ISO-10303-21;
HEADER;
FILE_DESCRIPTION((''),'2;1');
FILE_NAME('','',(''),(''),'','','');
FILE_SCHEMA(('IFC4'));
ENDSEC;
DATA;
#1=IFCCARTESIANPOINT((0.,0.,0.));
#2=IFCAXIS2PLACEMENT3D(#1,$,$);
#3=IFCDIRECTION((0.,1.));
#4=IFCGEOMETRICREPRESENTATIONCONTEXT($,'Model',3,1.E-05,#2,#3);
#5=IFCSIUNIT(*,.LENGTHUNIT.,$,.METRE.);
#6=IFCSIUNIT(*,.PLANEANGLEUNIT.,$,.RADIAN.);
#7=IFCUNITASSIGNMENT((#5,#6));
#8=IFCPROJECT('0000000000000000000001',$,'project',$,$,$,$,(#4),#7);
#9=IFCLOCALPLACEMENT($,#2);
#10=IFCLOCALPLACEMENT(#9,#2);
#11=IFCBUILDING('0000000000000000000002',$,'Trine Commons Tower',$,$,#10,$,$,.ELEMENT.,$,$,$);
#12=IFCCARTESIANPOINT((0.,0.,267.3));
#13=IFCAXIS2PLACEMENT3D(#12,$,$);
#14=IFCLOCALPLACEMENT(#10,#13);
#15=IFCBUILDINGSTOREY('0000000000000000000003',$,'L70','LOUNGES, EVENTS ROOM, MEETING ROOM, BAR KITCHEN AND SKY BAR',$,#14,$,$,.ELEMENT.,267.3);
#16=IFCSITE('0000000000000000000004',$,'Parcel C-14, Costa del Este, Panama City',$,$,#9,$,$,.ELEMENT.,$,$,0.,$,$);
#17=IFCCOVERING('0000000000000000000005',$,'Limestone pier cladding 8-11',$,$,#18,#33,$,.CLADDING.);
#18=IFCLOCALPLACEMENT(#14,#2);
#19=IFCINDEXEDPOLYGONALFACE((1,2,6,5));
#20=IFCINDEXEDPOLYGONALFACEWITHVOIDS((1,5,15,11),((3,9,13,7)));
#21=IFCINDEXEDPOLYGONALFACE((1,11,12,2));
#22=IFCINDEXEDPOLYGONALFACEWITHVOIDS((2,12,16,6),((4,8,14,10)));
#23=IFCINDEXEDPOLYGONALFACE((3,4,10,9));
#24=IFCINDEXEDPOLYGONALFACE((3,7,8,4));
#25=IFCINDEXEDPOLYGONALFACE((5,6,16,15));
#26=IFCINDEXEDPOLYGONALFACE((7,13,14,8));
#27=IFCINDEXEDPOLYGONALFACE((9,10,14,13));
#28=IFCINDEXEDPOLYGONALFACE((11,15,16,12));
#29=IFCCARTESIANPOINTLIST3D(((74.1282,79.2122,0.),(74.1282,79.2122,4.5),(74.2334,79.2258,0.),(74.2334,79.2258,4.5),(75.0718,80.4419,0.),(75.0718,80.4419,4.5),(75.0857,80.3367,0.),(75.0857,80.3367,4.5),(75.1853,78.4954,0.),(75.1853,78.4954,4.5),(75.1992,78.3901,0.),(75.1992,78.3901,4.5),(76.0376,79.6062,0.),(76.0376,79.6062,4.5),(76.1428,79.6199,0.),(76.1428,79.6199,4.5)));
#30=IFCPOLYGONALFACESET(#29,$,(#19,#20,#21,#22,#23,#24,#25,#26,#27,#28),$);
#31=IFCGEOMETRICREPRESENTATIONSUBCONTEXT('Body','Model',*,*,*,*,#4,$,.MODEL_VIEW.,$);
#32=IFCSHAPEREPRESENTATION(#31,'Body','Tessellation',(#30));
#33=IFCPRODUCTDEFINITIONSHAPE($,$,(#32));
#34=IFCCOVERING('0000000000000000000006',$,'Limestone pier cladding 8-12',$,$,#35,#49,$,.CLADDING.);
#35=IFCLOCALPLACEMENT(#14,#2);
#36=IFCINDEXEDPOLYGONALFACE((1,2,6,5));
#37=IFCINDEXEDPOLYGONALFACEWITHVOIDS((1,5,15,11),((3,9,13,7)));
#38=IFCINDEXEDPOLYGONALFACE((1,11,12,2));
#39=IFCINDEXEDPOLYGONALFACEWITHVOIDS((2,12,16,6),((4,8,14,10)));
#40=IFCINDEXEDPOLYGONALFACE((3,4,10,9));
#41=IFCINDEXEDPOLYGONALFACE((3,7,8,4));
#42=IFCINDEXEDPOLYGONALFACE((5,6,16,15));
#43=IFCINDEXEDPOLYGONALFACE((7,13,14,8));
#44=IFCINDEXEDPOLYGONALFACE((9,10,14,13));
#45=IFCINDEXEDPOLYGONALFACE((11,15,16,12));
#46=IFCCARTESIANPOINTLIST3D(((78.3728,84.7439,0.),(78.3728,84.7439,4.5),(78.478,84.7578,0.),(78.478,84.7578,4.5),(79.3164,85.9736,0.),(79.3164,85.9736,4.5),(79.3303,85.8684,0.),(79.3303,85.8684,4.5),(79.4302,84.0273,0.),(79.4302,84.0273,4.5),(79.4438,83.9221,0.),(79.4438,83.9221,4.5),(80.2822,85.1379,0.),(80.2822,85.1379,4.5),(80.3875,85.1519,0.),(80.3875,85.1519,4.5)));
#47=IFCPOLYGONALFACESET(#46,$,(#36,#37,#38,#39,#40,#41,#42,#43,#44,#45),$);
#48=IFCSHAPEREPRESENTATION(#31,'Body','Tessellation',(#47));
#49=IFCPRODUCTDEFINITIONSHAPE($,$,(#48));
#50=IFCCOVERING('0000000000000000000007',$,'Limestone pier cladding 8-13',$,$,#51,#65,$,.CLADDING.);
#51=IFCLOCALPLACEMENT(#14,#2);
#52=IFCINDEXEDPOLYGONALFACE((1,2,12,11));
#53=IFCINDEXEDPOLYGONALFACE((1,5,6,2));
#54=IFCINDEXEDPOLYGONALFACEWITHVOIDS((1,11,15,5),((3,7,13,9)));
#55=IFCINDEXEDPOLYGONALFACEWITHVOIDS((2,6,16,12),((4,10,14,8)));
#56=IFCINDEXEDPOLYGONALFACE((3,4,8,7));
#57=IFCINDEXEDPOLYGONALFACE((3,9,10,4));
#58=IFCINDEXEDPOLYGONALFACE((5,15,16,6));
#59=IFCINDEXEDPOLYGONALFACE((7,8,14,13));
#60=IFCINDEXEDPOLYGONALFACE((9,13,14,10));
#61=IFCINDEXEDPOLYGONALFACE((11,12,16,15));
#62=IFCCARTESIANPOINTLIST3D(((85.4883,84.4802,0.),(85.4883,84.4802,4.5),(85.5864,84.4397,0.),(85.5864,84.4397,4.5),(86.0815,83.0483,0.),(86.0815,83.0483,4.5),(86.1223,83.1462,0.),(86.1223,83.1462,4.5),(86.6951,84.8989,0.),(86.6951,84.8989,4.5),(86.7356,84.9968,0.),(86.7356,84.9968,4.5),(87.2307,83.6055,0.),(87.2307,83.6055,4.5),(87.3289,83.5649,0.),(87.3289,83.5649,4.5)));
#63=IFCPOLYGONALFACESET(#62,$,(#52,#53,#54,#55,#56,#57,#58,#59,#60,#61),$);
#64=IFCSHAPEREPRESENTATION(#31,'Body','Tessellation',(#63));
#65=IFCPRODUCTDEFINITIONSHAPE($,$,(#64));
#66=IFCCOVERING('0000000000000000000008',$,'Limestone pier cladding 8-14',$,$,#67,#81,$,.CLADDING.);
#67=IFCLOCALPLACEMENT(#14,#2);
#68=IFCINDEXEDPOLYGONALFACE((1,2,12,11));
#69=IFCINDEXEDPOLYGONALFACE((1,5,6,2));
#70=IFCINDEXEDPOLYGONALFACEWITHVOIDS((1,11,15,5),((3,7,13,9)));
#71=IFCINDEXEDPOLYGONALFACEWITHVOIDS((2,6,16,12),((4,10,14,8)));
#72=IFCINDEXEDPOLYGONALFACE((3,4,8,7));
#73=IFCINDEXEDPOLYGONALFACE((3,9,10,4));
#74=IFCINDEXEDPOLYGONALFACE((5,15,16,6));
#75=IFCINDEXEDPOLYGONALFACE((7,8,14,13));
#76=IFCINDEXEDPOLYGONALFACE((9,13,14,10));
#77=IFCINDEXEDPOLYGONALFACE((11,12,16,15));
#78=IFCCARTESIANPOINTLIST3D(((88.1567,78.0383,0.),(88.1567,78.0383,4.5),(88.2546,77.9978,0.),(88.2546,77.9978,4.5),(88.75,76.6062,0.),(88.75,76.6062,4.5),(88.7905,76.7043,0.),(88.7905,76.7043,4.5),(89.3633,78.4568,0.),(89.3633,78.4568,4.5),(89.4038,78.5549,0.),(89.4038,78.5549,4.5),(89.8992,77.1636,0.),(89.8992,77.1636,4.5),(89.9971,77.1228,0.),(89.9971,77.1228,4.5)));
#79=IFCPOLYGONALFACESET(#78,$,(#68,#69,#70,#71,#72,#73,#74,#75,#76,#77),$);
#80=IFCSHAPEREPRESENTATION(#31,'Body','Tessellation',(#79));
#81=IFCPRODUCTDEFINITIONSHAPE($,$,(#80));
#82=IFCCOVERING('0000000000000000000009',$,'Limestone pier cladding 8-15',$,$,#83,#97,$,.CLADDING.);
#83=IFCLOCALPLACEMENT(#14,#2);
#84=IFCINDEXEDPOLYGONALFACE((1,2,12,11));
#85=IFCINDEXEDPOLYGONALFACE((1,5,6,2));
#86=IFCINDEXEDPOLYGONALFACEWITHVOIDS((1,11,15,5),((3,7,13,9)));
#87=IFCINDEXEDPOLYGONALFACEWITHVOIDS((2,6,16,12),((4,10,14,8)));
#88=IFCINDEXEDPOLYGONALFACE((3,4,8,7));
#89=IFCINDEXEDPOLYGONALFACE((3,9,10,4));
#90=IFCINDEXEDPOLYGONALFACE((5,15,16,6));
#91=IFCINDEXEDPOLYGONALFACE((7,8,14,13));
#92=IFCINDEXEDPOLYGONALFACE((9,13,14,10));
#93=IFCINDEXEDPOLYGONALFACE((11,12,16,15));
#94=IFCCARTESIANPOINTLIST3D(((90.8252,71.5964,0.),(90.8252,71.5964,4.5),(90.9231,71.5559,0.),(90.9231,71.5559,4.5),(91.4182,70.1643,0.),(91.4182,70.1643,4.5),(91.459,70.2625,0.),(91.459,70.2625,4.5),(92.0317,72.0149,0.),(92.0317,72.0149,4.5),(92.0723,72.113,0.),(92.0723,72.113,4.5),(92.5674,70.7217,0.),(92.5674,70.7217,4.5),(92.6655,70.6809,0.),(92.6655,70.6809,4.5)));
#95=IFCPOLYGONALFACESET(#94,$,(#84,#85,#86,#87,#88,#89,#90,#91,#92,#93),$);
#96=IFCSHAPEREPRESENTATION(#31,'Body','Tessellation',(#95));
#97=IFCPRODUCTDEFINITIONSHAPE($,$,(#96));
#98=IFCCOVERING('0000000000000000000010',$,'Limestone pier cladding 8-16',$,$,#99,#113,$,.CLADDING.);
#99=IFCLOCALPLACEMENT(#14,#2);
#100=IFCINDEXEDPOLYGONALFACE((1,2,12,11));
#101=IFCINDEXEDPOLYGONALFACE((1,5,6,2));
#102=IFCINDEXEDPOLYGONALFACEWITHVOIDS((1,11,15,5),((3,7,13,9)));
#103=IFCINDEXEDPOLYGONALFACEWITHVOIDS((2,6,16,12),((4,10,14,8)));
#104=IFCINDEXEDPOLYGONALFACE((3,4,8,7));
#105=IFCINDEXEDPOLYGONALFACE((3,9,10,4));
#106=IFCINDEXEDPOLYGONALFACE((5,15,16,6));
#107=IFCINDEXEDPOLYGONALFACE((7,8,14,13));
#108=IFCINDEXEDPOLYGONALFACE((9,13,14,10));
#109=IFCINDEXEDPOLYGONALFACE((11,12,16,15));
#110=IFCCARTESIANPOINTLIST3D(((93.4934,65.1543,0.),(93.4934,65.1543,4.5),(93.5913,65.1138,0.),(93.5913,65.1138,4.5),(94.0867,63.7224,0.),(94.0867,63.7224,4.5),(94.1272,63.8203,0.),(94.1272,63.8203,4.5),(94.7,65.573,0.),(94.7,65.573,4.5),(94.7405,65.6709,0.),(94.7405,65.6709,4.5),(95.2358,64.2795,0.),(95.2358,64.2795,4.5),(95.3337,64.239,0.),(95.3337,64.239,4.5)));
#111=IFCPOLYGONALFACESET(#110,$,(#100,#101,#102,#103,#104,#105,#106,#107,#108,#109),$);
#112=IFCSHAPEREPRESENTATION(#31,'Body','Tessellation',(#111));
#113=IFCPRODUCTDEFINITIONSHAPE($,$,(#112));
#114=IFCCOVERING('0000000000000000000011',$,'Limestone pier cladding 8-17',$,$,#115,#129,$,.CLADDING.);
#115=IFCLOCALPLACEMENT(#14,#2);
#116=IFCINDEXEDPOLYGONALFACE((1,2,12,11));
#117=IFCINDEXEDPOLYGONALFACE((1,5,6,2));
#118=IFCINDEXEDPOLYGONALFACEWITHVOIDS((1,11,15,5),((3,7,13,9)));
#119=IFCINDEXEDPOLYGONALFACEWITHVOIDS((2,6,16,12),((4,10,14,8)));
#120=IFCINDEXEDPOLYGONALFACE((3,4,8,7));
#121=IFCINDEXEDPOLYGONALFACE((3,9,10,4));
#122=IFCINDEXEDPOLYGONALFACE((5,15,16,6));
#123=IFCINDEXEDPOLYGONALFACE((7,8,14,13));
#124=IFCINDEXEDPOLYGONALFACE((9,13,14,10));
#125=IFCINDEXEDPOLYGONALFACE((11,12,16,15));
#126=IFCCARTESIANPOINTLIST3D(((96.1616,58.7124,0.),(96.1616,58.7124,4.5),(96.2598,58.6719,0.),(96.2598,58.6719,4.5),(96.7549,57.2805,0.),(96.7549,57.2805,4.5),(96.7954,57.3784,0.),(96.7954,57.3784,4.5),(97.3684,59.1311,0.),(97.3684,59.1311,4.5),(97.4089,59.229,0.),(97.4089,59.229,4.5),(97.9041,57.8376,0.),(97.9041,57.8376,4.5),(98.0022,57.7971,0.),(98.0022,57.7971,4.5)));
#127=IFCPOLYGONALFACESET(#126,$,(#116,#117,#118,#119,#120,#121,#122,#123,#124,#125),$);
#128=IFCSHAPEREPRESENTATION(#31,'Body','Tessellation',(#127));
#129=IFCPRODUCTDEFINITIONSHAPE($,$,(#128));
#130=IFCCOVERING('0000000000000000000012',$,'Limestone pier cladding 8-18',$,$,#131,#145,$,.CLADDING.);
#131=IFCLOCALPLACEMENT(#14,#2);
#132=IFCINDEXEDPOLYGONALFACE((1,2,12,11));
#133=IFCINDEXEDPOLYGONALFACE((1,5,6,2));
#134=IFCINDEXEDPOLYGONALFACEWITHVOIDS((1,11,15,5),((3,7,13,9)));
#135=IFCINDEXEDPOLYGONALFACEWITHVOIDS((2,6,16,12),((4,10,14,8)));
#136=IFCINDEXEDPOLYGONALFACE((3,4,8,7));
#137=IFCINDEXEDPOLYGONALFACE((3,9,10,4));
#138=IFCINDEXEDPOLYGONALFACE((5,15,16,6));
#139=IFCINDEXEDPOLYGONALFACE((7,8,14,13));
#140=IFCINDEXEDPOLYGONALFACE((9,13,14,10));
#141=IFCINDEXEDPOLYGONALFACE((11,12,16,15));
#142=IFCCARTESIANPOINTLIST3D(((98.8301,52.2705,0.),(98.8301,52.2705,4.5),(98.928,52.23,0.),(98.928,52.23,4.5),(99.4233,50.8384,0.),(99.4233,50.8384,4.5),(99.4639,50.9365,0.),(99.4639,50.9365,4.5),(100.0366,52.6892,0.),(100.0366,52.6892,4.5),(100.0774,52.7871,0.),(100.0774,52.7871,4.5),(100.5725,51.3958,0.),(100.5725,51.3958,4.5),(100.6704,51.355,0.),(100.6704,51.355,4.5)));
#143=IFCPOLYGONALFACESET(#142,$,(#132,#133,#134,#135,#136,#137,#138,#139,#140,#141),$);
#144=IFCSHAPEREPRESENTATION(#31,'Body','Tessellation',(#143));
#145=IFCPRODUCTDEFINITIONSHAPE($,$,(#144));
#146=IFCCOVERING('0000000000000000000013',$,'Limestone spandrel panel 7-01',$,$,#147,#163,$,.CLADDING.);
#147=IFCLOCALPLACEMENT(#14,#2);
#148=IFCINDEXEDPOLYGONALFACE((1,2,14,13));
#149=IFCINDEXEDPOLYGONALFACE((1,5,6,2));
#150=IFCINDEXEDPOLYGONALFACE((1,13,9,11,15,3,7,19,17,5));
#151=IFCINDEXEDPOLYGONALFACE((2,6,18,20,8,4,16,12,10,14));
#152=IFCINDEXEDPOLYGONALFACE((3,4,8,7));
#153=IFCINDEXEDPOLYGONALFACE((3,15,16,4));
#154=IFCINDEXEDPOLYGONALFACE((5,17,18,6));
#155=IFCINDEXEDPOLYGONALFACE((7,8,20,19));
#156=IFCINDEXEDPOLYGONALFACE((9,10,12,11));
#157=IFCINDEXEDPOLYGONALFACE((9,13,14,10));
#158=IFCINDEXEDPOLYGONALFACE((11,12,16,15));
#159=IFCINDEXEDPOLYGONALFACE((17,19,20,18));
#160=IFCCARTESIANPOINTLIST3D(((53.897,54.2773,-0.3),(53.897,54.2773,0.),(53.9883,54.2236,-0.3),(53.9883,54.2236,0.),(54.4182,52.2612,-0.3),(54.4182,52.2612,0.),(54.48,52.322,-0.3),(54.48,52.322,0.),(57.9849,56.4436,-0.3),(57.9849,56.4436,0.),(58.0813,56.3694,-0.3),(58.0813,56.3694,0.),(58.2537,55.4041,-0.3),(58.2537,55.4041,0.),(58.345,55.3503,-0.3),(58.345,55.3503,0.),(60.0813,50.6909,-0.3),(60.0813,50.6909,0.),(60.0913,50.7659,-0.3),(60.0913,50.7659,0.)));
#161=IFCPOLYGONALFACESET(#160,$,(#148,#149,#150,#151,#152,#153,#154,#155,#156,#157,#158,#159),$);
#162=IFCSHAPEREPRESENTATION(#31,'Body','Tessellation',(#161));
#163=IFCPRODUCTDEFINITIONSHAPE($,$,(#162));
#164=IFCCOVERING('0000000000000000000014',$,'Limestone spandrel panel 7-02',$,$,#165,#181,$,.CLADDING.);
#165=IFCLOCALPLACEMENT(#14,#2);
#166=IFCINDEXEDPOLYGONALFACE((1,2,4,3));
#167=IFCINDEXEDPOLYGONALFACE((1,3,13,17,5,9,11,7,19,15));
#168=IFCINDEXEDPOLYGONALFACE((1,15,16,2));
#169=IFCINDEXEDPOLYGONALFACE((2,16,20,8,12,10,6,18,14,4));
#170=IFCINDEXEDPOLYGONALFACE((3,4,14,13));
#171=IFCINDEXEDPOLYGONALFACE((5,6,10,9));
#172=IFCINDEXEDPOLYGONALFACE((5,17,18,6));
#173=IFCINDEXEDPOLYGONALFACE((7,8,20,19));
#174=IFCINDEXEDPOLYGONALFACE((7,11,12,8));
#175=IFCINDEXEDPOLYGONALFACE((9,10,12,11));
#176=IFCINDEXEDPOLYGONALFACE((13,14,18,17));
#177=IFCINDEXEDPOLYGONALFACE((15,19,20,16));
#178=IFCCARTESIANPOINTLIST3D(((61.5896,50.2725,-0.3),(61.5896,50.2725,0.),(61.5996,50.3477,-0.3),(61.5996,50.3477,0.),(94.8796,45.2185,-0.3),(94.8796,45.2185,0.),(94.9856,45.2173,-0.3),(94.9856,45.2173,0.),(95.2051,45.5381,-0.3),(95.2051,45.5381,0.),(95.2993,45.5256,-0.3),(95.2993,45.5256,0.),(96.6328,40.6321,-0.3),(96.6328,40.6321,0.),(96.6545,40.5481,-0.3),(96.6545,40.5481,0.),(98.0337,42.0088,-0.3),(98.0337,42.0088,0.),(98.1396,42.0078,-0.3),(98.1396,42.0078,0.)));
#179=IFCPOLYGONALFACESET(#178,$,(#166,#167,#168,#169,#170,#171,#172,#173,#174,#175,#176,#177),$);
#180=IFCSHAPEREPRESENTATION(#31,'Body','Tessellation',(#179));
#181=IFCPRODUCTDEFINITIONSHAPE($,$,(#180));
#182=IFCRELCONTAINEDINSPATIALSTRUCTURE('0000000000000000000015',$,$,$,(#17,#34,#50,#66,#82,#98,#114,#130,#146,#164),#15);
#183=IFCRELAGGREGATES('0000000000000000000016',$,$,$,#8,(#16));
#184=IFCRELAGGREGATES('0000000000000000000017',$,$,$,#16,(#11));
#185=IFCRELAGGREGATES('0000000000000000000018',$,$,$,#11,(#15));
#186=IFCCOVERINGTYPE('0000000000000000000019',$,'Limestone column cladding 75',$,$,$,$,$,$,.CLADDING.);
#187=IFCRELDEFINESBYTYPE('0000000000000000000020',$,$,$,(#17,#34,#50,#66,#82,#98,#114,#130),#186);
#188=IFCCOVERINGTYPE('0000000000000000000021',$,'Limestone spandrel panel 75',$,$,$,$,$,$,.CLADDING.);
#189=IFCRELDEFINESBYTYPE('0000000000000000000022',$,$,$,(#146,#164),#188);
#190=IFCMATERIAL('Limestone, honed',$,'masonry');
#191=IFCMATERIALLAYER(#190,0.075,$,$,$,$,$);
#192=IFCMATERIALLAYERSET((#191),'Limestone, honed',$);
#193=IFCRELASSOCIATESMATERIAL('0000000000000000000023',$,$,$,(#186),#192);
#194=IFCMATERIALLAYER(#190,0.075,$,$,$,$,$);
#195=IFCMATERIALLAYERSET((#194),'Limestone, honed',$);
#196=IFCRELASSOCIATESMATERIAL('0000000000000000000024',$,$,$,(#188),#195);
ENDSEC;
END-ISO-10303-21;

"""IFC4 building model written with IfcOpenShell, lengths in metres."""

from ifc_helpers import new_model, si_unit, direction, frame, origin, place, context, subcontext, project, spatial, polyline, outline, extrude, material, layer, layer_set, type_object, element, save


model = new_model("IFC4")

# Units and contexts
model_context = context("Model", 3, precision=1e-05, world=origin(), true_north=direction((0.0, 1.0)))
body_context = subcontext(model_context, "Body", "Model", "MODEL_VIEW")
ifc_project = project(units=[si_unit("LENGTHUNIT", "METRE"), si_unit("PLANEANGLEUNIT", "RADIAN")], contexts=[model_context])

# Site, building, storey
site_placement = place(None, origin())
site = spatial("IfcSite", under=ifc_project, at=site_placement, Name="Parcel C-14, Costa del Este, Panama City", CompositionType="ELEMENT", RefElevation=0.0)
building_placement = place(site_placement, origin())
building = spatial("IfcBuilding", under=site, at=building_placement, Name="Trine Commons Tower", CompositionType="ELEMENT")
storey_placement = place(building_placement, frame((0.0, 0.0, 267.3)))
storey = spatial("IfcBuildingStorey", under=building, at=storey_placement, Name="L70", Description="LOUNGES, EVENTS ROOM, MEETING ROOM, BAR KITCHEN AND SKY BAR", CompositionType="ELEMENT", Elevation=267.3)

# Coverings
ifc_material_1 = material(Name="Limestone, honed", Category="masonry")
ifc_layer_1 = layer(ifc_material_1, 0.075)
ifc_layer_set_1 = layer_set([ifc_layer_1], Name="Limestone, honed")
covering_type_1 = type_object("IfcCoveringType", Name="Limestone column cladding 75", PredefinedType="CLADDING", material=ifc_layer_set_1)
covering_1_placement = place(storey_placement, origin())
element("IfcCovering", 1, at=covering_1_placement, inside=storey, type_object=covering_type_1, Name="Limestone pier cladding 8-11", PredefinedType="CLADDING", context=body_context, shape_type="SweptSolid", body=[
    extrude(outline(polyline([(76.1428, 79.6199), (75.0718, 80.4419), (74.1282, 79.2122), (75.1992, 78.3901), (76.1428, 79.6199)]), holes=[polyline([(76.0376, 79.6062), (75.0857, 80.3367), (74.2334, 79.2258), (75.1853, 78.4954), (76.0376, 79.6062)])]), origin(), (0.0, 0.0, 1.0), 4.5),
])
covering_2_placement = place(storey_placement, origin())
element("IfcCovering", 2, at=covering_2_placement, inside=storey, type_object=covering_type_1, Name="Limestone pier cladding 8-12", PredefinedType="CLADDING", context=body_context, shape_type="SweptSolid", body=[
    extrude(outline(polyline([(80.3875, 85.1519), (79.3164, 85.9736), (78.3728, 84.7439), (79.4438, 83.9221), (80.3875, 85.1519)]), holes=[polyline([(80.2822, 85.1379), (79.3303, 85.8684), (78.478, 84.7578), (79.4302, 84.0273), (80.2822, 85.1379)])]), origin(), (0.0, 0.0, 1.0), 4.5),
])
covering_3_placement = place(storey_placement, origin())
element("IfcCovering", 3, at=covering_3_placement, inside=storey, type_object=covering_type_1, Name="Limestone pier cladding 8-13", PredefinedType="CLADDING", context=body_context, shape_type="SweptSolid", body=[
    extrude(outline(polyline([(86.7356, 84.9968), (85.4883, 84.4802), (86.0815, 83.0483), (87.3289, 83.5649), (86.7356, 84.9968)]), holes=[polyline([(86.6951, 84.8989), (85.5864, 84.4397), (86.1223, 83.1462), (87.2307, 83.6055), (86.6951, 84.8989)])]), origin(), (0.0, 0.0, 1.0), 4.5),
])
covering_4_placement = place(storey_placement, origin())
element("IfcCovering", 4, at=covering_4_placement, inside=storey, type_object=covering_type_1, Name="Limestone pier cladding 8-14", PredefinedType="CLADDING", context=body_context, shape_type="SweptSolid", body=[
    extrude(outline(polyline([(89.4038, 78.5549), (88.1567, 78.0383), (88.75, 76.6062), (89.9971, 77.1228), (89.4038, 78.5549)]), holes=[polyline([(89.3633, 78.4568), (88.2546, 77.9978), (88.7905, 76.7043), (89.8992, 77.1636), (89.3633, 78.4568)])]), origin(), (0.0, 0.0, 1.0), 4.5),
])
covering_5_placement = place(storey_placement, origin())
element("IfcCovering", 5, at=covering_5_placement, inside=storey, type_object=covering_type_1, Name="Limestone pier cladding 8-15", PredefinedType="CLADDING", context=body_context, shape_type="SweptSolid", body=[
    extrude(outline(polyline([(92.0723, 72.113), (90.8252, 71.5964), (91.4182, 70.1643), (92.6655, 70.6809), (92.0723, 72.113)]), holes=[polyline([(92.0317, 72.0149), (90.9231, 71.5559), (91.459, 70.2625), (92.5674, 70.7217), (92.0317, 72.0149)])]), origin(), (0.0, 0.0, 1.0), 4.5),
])
covering_6_placement = place(storey_placement, origin())
element("IfcCovering", 6, at=covering_6_placement, inside=storey, type_object=covering_type_1, Name="Limestone pier cladding 8-16", PredefinedType="CLADDING", context=body_context, shape_type="SweptSolid", body=[
    extrude(outline(polyline([(94.7405, 65.6709), (93.4934, 65.1543), (94.0867, 63.7224), (95.3337, 64.239), (94.7405, 65.6709)]), holes=[polyline([(94.7, 65.573), (93.5913, 65.1138), (94.1272, 63.8203), (95.2358, 64.2795), (94.7, 65.573)])]), origin(), (0.0, 0.0, 1.0), 4.5),
])
covering_7_placement = place(storey_placement, origin())
element("IfcCovering", 7, at=covering_7_placement, inside=storey, type_object=covering_type_1, Name="Limestone pier cladding 8-17", PredefinedType="CLADDING", context=body_context, shape_type="SweptSolid", body=[
    extrude(outline(polyline([(97.4089, 59.229), (96.1616, 58.7124), (96.7549, 57.2805), (98.0022, 57.7971), (97.4089, 59.229)]), holes=[polyline([(97.3684, 59.1311), (96.2598, 58.6719), (96.7954, 57.3784), (97.9041, 57.8376), (97.3684, 59.1311)])]), origin(), (0.0, 0.0, 1.0), 4.5),
])
covering_8_placement = place(storey_placement, origin())
element("IfcCovering", 8, at=covering_8_placement, inside=storey, type_object=covering_type_1, Name="Limestone pier cladding 8-18", PredefinedType="CLADDING", context=body_context, shape_type="SweptSolid", body=[
    extrude(outline(polyline([(100.0774, 52.7871), (98.8301, 52.2705), (99.4233, 50.8384), (100.6704, 51.355), (100.0774, 52.7871)]), holes=[polyline([(100.0366, 52.6892), (98.928, 52.23), (99.4639, 50.9365), (100.5725, 51.3958), (100.0366, 52.6892)])]), origin(), (0.0, 0.0, 1.0), 4.5),
])
ifc_layer_2 = layer(ifc_material_1, 0.075)
ifc_layer_set_2 = layer_set([ifc_layer_2], Name="Limestone, honed")
covering_type_2 = type_object("IfcCoveringType", Name="Limestone spandrel panel 75", PredefinedType="CLADDING", material=ifc_layer_set_2)
covering_9_placement = place(storey_placement, frame((0.0, 0.0, -0.3)))
element("IfcCovering", 9, at=covering_9_placement, inside=storey, type_object=covering_type_2, Name="Limestone spandrel panel 7-01", PredefinedType="CLADDING", context=body_context, shape_type="SweptSolid", body=[
    extrude(outline(polyline([(54.4182, 52.2612), (60.0813, 50.6909), (60.0913, 50.7659), (54.48, 52.322), (53.9883, 54.2236), (58.345, 55.3503), (58.0813, 56.3694), (57.9849, 56.4436), (58.2537, 55.4041), (53.897, 54.2773), (54.4182, 52.2612)])), origin(), (0.0, 0.0, 1.0), 0.3),
])
covering_10_placement = place(storey_placement, frame((0.0, 0.0, -0.3)))
element("IfcCovering", 10, at=covering_10_placement, inside=storey, type_object=covering_type_2, Name="Limestone spandrel panel 7-02", PredefinedType="CLADDING", context=body_context, shape_type="SweptSolid", body=[
    extrude(outline(polyline([(94.9856, 45.2173), (95.2993, 45.5256), (95.2051, 45.5381), (94.8796, 45.2185), (98.0337, 42.0088), (96.6328, 40.6321), (61.5996, 50.3477), (61.5896, 50.2725), (96.6545, 40.5481), (98.1396, 42.0078), (94.9856, 45.2173)])), origin(), (0.0, 0.0, 1.0), 0.3),
])

save(model, "model.ifc")
